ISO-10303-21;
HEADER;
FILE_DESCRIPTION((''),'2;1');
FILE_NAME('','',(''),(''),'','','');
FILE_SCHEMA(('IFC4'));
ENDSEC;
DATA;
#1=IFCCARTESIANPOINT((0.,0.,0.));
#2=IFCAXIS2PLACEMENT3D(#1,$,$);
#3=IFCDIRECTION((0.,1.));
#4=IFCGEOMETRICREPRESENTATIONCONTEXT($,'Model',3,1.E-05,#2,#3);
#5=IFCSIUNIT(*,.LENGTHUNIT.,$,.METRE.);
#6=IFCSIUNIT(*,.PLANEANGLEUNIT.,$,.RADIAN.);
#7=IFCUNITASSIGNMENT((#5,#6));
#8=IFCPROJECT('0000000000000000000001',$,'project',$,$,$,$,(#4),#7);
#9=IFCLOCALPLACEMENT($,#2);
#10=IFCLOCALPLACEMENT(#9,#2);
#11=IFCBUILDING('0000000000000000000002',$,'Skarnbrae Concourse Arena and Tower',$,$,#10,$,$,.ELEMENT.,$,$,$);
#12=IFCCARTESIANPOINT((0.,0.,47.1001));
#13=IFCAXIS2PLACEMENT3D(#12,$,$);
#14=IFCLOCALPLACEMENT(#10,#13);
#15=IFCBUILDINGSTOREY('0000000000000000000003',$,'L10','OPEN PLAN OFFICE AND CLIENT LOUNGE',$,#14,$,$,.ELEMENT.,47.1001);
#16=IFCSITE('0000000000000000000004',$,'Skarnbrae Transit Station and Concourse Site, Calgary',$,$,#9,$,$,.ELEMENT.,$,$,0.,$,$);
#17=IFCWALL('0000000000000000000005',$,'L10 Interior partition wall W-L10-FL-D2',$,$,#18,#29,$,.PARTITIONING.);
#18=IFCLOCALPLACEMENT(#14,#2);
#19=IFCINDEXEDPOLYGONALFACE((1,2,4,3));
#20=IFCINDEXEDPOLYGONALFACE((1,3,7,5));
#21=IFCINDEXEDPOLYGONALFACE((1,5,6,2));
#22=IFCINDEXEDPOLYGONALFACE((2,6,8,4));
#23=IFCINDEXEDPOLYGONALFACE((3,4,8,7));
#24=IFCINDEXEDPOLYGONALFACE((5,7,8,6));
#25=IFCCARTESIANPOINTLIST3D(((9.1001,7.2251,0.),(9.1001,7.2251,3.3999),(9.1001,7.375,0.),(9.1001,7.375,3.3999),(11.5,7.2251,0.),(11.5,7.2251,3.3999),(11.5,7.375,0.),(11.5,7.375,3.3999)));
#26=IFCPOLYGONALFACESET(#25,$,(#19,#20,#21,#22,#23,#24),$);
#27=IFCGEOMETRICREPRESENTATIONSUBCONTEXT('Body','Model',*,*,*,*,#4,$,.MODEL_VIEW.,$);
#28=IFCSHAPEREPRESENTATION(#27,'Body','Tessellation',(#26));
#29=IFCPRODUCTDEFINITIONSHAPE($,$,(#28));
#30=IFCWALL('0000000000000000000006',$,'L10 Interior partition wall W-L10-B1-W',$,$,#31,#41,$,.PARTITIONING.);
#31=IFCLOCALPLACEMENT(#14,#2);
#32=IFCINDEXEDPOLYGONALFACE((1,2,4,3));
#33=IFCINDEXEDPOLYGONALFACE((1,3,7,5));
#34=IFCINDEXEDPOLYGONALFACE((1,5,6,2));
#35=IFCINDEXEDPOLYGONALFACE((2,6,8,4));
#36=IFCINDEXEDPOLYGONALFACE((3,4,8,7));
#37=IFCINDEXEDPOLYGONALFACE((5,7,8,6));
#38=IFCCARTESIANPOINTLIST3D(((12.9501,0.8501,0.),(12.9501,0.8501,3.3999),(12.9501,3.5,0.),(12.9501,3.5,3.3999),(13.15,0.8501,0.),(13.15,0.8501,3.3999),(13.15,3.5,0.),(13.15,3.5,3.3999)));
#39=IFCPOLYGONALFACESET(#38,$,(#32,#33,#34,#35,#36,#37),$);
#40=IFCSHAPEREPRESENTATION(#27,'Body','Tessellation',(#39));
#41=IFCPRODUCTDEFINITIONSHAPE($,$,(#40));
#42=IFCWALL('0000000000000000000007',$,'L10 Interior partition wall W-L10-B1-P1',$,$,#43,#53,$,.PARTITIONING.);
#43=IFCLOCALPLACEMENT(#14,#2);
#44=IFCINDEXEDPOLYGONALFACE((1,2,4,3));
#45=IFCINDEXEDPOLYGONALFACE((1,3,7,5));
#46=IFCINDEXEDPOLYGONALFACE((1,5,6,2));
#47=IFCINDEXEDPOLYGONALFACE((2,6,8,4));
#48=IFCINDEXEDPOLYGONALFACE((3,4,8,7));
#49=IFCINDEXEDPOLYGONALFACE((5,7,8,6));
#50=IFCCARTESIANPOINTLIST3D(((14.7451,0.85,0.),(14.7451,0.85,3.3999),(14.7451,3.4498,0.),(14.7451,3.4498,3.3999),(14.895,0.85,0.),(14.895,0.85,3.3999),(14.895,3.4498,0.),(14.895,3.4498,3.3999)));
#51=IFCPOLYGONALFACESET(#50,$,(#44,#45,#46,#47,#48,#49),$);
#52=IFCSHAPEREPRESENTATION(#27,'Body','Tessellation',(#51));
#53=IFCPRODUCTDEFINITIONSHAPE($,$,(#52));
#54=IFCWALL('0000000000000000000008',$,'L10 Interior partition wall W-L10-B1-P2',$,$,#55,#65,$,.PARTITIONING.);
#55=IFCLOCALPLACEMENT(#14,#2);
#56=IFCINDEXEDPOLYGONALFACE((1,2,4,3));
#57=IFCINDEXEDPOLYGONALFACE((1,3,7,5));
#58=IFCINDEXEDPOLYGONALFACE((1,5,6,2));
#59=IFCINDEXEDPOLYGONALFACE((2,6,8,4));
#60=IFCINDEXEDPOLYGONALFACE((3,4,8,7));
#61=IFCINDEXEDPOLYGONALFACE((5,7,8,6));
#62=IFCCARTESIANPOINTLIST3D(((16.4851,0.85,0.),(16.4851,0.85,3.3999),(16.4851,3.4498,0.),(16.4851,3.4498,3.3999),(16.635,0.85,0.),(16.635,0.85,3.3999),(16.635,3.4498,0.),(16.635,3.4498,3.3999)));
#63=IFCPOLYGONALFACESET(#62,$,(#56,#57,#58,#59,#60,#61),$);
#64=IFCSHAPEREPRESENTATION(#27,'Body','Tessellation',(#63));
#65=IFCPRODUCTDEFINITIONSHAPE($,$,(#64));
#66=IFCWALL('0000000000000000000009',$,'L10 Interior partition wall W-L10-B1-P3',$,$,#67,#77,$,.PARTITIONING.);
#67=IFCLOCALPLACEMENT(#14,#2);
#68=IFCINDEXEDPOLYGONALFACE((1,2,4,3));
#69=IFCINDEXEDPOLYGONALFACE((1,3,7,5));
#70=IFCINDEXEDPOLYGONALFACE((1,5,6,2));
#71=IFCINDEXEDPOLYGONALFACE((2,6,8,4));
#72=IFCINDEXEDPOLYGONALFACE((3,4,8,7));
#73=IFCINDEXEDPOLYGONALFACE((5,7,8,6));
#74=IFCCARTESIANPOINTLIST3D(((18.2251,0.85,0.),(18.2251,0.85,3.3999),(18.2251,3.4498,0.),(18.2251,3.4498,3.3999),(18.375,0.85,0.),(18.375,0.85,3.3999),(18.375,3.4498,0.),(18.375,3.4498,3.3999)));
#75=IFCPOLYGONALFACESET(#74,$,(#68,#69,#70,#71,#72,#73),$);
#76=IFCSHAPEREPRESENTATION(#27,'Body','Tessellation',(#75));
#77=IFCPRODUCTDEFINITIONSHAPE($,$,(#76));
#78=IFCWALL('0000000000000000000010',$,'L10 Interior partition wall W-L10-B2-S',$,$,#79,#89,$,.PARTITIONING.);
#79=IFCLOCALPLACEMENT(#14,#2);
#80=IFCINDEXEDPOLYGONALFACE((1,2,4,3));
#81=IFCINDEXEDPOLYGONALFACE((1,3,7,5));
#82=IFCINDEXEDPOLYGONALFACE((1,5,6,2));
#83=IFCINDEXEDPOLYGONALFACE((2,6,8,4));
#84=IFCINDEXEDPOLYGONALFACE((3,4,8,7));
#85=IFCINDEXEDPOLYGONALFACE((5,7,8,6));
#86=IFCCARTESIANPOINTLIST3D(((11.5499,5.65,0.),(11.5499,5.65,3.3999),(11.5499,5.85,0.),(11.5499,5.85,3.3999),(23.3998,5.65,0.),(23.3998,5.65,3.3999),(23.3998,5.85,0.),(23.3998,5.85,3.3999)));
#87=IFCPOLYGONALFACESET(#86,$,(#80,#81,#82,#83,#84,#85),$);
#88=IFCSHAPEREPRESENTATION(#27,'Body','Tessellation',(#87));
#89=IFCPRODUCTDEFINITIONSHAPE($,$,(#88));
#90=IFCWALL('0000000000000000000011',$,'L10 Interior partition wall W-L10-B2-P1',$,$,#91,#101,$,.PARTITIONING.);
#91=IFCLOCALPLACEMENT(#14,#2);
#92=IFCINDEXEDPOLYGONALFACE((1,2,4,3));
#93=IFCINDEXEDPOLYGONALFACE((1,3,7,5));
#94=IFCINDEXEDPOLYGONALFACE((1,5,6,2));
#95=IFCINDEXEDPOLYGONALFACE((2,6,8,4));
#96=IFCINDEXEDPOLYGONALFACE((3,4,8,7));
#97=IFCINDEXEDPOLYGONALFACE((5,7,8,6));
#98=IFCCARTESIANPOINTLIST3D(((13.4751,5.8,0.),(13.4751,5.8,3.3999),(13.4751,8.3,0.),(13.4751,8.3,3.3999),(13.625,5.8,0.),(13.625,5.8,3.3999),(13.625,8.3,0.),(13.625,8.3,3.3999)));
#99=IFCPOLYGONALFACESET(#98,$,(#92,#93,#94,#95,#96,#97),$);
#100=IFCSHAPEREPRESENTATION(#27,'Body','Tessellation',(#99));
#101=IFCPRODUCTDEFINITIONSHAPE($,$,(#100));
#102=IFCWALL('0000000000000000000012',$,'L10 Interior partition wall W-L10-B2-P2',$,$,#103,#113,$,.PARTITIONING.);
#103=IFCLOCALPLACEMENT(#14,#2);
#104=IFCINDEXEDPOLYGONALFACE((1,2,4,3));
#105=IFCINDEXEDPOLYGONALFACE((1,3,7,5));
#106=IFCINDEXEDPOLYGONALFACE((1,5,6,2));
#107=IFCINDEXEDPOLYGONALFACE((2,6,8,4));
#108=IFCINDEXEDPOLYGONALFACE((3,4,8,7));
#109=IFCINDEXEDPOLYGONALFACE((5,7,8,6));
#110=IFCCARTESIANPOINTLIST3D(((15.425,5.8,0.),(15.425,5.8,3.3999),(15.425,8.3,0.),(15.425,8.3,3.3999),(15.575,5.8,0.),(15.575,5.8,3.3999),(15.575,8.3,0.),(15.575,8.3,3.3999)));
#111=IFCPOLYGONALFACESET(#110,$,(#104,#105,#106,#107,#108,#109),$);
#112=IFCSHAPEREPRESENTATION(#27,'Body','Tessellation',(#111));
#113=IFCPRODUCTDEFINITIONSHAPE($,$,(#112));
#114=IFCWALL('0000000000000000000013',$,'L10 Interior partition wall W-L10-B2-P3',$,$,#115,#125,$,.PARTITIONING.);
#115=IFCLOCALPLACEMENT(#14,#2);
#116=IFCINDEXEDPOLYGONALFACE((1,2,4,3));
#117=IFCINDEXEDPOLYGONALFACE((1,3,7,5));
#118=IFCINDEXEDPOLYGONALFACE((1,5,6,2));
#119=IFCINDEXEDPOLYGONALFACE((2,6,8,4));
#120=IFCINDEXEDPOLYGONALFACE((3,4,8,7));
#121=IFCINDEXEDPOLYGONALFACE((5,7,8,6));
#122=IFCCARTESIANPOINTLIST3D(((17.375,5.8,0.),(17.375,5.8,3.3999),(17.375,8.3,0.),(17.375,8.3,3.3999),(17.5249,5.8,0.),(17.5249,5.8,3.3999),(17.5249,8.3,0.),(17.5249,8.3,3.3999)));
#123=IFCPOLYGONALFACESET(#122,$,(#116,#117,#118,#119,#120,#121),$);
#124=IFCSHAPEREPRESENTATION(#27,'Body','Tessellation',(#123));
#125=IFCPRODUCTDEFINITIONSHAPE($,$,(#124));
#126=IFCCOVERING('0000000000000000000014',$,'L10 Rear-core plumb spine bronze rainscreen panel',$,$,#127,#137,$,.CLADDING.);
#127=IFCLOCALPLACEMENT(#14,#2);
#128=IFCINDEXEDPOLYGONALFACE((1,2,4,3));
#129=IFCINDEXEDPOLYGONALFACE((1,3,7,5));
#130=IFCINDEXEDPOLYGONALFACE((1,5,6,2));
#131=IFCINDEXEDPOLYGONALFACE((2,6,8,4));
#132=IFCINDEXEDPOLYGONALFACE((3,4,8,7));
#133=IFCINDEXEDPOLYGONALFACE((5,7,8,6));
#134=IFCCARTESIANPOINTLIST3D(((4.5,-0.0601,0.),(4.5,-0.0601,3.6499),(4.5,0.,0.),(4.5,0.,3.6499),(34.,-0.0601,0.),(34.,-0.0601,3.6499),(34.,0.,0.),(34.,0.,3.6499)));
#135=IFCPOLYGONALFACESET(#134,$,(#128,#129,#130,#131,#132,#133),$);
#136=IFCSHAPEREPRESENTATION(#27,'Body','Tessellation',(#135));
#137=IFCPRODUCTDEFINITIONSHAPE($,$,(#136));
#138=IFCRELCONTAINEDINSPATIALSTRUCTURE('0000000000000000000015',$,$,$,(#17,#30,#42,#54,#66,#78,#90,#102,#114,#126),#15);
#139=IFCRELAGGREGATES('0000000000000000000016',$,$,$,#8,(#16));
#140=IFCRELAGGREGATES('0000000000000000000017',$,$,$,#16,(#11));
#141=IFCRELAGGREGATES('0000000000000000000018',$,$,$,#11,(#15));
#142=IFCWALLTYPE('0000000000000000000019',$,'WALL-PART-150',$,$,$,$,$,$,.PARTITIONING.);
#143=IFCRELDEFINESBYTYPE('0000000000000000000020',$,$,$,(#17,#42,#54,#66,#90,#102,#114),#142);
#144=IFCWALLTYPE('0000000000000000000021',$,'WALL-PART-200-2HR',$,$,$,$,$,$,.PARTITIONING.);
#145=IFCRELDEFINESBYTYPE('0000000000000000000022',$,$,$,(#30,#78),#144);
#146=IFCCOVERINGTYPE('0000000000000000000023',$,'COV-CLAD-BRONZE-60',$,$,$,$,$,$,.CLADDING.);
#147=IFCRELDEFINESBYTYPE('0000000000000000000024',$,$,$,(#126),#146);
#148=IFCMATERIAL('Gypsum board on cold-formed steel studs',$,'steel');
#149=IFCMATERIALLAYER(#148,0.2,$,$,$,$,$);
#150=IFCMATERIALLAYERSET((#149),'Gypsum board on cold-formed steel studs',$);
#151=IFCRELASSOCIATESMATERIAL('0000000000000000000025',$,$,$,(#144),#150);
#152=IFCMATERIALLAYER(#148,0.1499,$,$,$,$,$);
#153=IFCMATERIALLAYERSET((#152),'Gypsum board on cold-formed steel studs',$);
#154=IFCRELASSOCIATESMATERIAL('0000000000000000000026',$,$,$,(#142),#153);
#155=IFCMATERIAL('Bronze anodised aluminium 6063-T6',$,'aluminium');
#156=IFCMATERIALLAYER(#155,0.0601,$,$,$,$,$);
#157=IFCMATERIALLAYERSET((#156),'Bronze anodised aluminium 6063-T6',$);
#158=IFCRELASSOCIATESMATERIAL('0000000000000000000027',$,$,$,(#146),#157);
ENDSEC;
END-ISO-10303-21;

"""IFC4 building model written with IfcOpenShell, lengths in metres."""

from ifc_helpers import new_model, si_unit, direction, frame, frame_2d, origin, origin_2d, place, context, subcontext, project, spatial, rectangle, extrude, source, transform, mapped, material, layer, layer_set, type_object, element, save


model = new_model("IFC4")

# Units and contexts
model_context = context("Model", 3, precision=1e-05, world=origin(), true_north=direction((0.0, 1.0)))
body_context = subcontext(model_context, "Body", "Model", "MODEL_VIEW")
ifc_project = project(units=[si_unit("LENGTHUNIT", "METRE"), si_unit("PLANEANGLEUNIT", "RADIAN")], contexts=[model_context])

# Site, building, storey
site_placement = place(None, origin())
site = spatial("IfcSite", under=ifc_project, at=site_placement, Name="Skarnbrae Transit Station and Concourse Site, Calgary", CompositionType="ELEMENT", RefElevation=0.0)
building_placement = place(site_placement, origin())
building = spatial("IfcBuilding", under=site, at=building_placement, Name="Skarnbrae Concourse Arena and Tower", CompositionType="ELEMENT")
storey_placement = place(building_placement, frame((0.0, 0.0, 47.1001)))
storey = spatial("IfcBuildingStorey", under=building, at=storey_placement, Name="L10", Description="OPEN PLAN OFFICE AND CLIENT LOUNGE", CompositionType="ELEMENT", Elevation=47.1001)

# Shared definitions
ifc_material_1 = material(Name="Gypsum board on cold-formed steel studs", Category="steel")
ifc_layer_1 = layer(ifc_material_1, 0.2)
ifc_layer_set_1 = layer_set([ifc_layer_1], Name="Gypsum board on cold-formed steel studs")
wall_type_1 = type_object("IfcWallType", Name="WALL-PART-200-2HR", PredefinedType="PARTITIONING", material=ifc_layer_set_1)

# Walls
ifc_layer_2 = layer(ifc_material_1, 0.1499)
ifc_layer_set_2 = layer_set([ifc_layer_2], Name="Gypsum board on cold-formed steel studs")
wall_type_2 = type_object("IfcWallType", Name="WALL-PART-150", PredefinedType="PARTITIONING", material=ifc_layer_set_2)
shared_shape_1 = source(origin(), body_context, "Body", "SweptSolid", [
    extrude(rectangle(XDim=2.3999, YDim=0.1499, at=frame_2d((1.2, 0.0))), origin(), (0.0, 0.0, 1.0), 3.3999),
])
wall_1_placement = place(storey_placement, frame((9.1001, 7.3, 0.0), z_axis=(0.0, 0.0, 1.0), x_axis=(1.0, 0.0, 0.0)))
element("IfcWall", 1, at=wall_1_placement, inside=storey, type_object=wall_type_2, Name="L10 Interior partition wall W-L10-FL-D2", PredefinedType="PARTITIONING", context=body_context, shape_type="MappedRepresentation", body=[
    mapped(shared_shape_1, transform((0.0, 0.0, 0.0))),
])
shared_shape_2 = source(origin(), body_context, "Body", "SweptSolid", [
    extrude(rectangle(XDim=2.6499, YDim=0.2, at=frame_2d((1.325, 0.0))), origin(), (0.0, 0.0, 1.0), 3.3999),
])
wall_2_placement = place(storey_placement, frame((13.05, 0.8501, 0.0), z_axis=(0.0, 0.0, 1.0), x_axis=(0.0, 1.0, 0.0)))
element("IfcWall", 2, at=wall_2_placement, inside=storey, type_object=wall_type_1, Name="L10 Interior partition wall W-L10-B1-W", PredefinedType="PARTITIONING", context=body_context, shape_type="MappedRepresentation", body=[
    mapped(shared_shape_2, transform((0.0, 0.0, 0.0))),
])

# Shared definitions
ifc_material_2 = material(Name="Bronze anodised aluminium 6063-T6", Category="aluminium")

# Walls
shared_shape_3 = source(origin(), body_context, "Body", "SweptSolid", [
    extrude(rectangle(XDim=2.5999, YDim=0.1499, at=frame_2d((1.2998, 0.0))), origin(), (0.0, 0.0, 1.0), 3.3999),
])
for number, where, z_axis, x_axis, name in (
    (3, (14.8201, 0.8501, 0.0), (0.0, 0.0, 1.0), (0.0, 1.0, 0.0), "L10 Interior partition wall W-L10-B1-P1"),
    (4, (16.5601, 0.8501, 0.0), (0.0, 0.0, 1.0), (0.0, 1.0, 0.0), "L10 Interior partition wall W-L10-B1-P2"),
    (5, (18.3, 0.8501, 0.0), (0.0, 0.0, 1.0), (0.0, 1.0, 0.0), "L10 Interior partition wall W-L10-B1-P3"),
):
    element("IfcWall", number, at=place(storey_placement, frame(where, z_axis=z_axis, x_axis=x_axis)), inside=storey, type_object=wall_type_2, Name=name, PredefinedType="PARTITIONING", context=body_context, shape_type="MappedRepresentation", body=[
        mapped(shared_shape_3, transform((0.0, 0.0, 0.0))),
    ])
shared_shape_4 = source(origin(), body_context, "Body", "SweptSolid", [
    extrude(rectangle(XDim=11.8499, YDim=0.2, at=frame_2d((5.9248, 0.0))), origin(), (0.0, 0.0, 1.0), 3.3999),
])
wall_3_placement = place(storey_placement, frame((11.55, 5.75, 0.0), z_axis=(0.0, 0.0, 1.0), x_axis=(1.0, 0.0, 0.0)))
element("IfcWall", 6, at=wall_3_placement, inside=storey, type_object=wall_type_1, Name="L10 Interior partition wall W-L10-B2-S", PredefinedType="PARTITIONING", context=body_context, shape_type="MappedRepresentation", body=[
    mapped(shared_shape_4, transform((0.0, 0.0, 0.0))),
])
shared_shape_5 = source(origin(), body_context, "Body", "SweptSolid", [
    extrude(rectangle(XDim=2.5, YDim=0.1499, at=frame_2d((1.25, 0.0))), origin(), (0.0, 0.0, 1.0), 3.3999),
])
for number, where, z_axis, x_axis, name in (
    (7, (13.55, 5.8, 0.0), (0.0, 0.0, 1.0), (0.0, 1.0, 0.0), "L10 Interior partition wall W-L10-B2-P1"),
    (8, (15.5, 5.8, 0.0), (0.0, 0.0, 1.0), (0.0, 1.0, 0.0), "L10 Interior partition wall W-L10-B2-P2"),
    (9, (17.45, 5.8, 0.0), (0.0, 0.0, 1.0), (0.0, 1.0, 0.0), "L10 Interior partition wall W-L10-B2-P3"),
):
    element("IfcWall", number, at=place(storey_placement, frame(where, z_axis=z_axis, x_axis=x_axis)), inside=storey, type_object=wall_type_2, Name=name, PredefinedType="PARTITIONING", context=body_context, shape_type="MappedRepresentation", body=[
        mapped(shared_shape_5, transform((0.0, 0.0, 0.0))),
    ])

# Covering
ifc_layer_3 = layer(ifc_material_2, 0.0601)
ifc_layer_set_3 = layer_set([ifc_layer_3], Name="Bronze anodised aluminium 6063-T6")
covering_type = type_object("IfcCoveringType", Name="COV-CLAD-BRONZE-60", PredefinedType="CLADDING", material=ifc_layer_set_3)
shared_shape_6 = source(origin(), body_context, "Body", "SweptSolid", [
    extrude(rectangle(XDim=29.5, YDim=0.0601, at=origin_2d()), origin(), (0.0, 0.0, 1.0), 3.6499),
])
covering_placement = place(storey_placement, frame((19.25, -0.03, 0.0), z_axis=(0.0, 0.0, 1.0), x_axis=(1.0, 0.0, 0.0)))
element("IfcCovering", 10, at=covering_placement, inside=storey, type_object=covering_type, Name="L10 Rear-core plumb spine bronze rainscreen panel", PredefinedType="CLADDING", context=body_context, shape_type="MappedRepresentation", body=[
    mapped(shared_shape_6, transform((0.0, 0.0, 0.0))),
])

save(model, "model.ifc")
